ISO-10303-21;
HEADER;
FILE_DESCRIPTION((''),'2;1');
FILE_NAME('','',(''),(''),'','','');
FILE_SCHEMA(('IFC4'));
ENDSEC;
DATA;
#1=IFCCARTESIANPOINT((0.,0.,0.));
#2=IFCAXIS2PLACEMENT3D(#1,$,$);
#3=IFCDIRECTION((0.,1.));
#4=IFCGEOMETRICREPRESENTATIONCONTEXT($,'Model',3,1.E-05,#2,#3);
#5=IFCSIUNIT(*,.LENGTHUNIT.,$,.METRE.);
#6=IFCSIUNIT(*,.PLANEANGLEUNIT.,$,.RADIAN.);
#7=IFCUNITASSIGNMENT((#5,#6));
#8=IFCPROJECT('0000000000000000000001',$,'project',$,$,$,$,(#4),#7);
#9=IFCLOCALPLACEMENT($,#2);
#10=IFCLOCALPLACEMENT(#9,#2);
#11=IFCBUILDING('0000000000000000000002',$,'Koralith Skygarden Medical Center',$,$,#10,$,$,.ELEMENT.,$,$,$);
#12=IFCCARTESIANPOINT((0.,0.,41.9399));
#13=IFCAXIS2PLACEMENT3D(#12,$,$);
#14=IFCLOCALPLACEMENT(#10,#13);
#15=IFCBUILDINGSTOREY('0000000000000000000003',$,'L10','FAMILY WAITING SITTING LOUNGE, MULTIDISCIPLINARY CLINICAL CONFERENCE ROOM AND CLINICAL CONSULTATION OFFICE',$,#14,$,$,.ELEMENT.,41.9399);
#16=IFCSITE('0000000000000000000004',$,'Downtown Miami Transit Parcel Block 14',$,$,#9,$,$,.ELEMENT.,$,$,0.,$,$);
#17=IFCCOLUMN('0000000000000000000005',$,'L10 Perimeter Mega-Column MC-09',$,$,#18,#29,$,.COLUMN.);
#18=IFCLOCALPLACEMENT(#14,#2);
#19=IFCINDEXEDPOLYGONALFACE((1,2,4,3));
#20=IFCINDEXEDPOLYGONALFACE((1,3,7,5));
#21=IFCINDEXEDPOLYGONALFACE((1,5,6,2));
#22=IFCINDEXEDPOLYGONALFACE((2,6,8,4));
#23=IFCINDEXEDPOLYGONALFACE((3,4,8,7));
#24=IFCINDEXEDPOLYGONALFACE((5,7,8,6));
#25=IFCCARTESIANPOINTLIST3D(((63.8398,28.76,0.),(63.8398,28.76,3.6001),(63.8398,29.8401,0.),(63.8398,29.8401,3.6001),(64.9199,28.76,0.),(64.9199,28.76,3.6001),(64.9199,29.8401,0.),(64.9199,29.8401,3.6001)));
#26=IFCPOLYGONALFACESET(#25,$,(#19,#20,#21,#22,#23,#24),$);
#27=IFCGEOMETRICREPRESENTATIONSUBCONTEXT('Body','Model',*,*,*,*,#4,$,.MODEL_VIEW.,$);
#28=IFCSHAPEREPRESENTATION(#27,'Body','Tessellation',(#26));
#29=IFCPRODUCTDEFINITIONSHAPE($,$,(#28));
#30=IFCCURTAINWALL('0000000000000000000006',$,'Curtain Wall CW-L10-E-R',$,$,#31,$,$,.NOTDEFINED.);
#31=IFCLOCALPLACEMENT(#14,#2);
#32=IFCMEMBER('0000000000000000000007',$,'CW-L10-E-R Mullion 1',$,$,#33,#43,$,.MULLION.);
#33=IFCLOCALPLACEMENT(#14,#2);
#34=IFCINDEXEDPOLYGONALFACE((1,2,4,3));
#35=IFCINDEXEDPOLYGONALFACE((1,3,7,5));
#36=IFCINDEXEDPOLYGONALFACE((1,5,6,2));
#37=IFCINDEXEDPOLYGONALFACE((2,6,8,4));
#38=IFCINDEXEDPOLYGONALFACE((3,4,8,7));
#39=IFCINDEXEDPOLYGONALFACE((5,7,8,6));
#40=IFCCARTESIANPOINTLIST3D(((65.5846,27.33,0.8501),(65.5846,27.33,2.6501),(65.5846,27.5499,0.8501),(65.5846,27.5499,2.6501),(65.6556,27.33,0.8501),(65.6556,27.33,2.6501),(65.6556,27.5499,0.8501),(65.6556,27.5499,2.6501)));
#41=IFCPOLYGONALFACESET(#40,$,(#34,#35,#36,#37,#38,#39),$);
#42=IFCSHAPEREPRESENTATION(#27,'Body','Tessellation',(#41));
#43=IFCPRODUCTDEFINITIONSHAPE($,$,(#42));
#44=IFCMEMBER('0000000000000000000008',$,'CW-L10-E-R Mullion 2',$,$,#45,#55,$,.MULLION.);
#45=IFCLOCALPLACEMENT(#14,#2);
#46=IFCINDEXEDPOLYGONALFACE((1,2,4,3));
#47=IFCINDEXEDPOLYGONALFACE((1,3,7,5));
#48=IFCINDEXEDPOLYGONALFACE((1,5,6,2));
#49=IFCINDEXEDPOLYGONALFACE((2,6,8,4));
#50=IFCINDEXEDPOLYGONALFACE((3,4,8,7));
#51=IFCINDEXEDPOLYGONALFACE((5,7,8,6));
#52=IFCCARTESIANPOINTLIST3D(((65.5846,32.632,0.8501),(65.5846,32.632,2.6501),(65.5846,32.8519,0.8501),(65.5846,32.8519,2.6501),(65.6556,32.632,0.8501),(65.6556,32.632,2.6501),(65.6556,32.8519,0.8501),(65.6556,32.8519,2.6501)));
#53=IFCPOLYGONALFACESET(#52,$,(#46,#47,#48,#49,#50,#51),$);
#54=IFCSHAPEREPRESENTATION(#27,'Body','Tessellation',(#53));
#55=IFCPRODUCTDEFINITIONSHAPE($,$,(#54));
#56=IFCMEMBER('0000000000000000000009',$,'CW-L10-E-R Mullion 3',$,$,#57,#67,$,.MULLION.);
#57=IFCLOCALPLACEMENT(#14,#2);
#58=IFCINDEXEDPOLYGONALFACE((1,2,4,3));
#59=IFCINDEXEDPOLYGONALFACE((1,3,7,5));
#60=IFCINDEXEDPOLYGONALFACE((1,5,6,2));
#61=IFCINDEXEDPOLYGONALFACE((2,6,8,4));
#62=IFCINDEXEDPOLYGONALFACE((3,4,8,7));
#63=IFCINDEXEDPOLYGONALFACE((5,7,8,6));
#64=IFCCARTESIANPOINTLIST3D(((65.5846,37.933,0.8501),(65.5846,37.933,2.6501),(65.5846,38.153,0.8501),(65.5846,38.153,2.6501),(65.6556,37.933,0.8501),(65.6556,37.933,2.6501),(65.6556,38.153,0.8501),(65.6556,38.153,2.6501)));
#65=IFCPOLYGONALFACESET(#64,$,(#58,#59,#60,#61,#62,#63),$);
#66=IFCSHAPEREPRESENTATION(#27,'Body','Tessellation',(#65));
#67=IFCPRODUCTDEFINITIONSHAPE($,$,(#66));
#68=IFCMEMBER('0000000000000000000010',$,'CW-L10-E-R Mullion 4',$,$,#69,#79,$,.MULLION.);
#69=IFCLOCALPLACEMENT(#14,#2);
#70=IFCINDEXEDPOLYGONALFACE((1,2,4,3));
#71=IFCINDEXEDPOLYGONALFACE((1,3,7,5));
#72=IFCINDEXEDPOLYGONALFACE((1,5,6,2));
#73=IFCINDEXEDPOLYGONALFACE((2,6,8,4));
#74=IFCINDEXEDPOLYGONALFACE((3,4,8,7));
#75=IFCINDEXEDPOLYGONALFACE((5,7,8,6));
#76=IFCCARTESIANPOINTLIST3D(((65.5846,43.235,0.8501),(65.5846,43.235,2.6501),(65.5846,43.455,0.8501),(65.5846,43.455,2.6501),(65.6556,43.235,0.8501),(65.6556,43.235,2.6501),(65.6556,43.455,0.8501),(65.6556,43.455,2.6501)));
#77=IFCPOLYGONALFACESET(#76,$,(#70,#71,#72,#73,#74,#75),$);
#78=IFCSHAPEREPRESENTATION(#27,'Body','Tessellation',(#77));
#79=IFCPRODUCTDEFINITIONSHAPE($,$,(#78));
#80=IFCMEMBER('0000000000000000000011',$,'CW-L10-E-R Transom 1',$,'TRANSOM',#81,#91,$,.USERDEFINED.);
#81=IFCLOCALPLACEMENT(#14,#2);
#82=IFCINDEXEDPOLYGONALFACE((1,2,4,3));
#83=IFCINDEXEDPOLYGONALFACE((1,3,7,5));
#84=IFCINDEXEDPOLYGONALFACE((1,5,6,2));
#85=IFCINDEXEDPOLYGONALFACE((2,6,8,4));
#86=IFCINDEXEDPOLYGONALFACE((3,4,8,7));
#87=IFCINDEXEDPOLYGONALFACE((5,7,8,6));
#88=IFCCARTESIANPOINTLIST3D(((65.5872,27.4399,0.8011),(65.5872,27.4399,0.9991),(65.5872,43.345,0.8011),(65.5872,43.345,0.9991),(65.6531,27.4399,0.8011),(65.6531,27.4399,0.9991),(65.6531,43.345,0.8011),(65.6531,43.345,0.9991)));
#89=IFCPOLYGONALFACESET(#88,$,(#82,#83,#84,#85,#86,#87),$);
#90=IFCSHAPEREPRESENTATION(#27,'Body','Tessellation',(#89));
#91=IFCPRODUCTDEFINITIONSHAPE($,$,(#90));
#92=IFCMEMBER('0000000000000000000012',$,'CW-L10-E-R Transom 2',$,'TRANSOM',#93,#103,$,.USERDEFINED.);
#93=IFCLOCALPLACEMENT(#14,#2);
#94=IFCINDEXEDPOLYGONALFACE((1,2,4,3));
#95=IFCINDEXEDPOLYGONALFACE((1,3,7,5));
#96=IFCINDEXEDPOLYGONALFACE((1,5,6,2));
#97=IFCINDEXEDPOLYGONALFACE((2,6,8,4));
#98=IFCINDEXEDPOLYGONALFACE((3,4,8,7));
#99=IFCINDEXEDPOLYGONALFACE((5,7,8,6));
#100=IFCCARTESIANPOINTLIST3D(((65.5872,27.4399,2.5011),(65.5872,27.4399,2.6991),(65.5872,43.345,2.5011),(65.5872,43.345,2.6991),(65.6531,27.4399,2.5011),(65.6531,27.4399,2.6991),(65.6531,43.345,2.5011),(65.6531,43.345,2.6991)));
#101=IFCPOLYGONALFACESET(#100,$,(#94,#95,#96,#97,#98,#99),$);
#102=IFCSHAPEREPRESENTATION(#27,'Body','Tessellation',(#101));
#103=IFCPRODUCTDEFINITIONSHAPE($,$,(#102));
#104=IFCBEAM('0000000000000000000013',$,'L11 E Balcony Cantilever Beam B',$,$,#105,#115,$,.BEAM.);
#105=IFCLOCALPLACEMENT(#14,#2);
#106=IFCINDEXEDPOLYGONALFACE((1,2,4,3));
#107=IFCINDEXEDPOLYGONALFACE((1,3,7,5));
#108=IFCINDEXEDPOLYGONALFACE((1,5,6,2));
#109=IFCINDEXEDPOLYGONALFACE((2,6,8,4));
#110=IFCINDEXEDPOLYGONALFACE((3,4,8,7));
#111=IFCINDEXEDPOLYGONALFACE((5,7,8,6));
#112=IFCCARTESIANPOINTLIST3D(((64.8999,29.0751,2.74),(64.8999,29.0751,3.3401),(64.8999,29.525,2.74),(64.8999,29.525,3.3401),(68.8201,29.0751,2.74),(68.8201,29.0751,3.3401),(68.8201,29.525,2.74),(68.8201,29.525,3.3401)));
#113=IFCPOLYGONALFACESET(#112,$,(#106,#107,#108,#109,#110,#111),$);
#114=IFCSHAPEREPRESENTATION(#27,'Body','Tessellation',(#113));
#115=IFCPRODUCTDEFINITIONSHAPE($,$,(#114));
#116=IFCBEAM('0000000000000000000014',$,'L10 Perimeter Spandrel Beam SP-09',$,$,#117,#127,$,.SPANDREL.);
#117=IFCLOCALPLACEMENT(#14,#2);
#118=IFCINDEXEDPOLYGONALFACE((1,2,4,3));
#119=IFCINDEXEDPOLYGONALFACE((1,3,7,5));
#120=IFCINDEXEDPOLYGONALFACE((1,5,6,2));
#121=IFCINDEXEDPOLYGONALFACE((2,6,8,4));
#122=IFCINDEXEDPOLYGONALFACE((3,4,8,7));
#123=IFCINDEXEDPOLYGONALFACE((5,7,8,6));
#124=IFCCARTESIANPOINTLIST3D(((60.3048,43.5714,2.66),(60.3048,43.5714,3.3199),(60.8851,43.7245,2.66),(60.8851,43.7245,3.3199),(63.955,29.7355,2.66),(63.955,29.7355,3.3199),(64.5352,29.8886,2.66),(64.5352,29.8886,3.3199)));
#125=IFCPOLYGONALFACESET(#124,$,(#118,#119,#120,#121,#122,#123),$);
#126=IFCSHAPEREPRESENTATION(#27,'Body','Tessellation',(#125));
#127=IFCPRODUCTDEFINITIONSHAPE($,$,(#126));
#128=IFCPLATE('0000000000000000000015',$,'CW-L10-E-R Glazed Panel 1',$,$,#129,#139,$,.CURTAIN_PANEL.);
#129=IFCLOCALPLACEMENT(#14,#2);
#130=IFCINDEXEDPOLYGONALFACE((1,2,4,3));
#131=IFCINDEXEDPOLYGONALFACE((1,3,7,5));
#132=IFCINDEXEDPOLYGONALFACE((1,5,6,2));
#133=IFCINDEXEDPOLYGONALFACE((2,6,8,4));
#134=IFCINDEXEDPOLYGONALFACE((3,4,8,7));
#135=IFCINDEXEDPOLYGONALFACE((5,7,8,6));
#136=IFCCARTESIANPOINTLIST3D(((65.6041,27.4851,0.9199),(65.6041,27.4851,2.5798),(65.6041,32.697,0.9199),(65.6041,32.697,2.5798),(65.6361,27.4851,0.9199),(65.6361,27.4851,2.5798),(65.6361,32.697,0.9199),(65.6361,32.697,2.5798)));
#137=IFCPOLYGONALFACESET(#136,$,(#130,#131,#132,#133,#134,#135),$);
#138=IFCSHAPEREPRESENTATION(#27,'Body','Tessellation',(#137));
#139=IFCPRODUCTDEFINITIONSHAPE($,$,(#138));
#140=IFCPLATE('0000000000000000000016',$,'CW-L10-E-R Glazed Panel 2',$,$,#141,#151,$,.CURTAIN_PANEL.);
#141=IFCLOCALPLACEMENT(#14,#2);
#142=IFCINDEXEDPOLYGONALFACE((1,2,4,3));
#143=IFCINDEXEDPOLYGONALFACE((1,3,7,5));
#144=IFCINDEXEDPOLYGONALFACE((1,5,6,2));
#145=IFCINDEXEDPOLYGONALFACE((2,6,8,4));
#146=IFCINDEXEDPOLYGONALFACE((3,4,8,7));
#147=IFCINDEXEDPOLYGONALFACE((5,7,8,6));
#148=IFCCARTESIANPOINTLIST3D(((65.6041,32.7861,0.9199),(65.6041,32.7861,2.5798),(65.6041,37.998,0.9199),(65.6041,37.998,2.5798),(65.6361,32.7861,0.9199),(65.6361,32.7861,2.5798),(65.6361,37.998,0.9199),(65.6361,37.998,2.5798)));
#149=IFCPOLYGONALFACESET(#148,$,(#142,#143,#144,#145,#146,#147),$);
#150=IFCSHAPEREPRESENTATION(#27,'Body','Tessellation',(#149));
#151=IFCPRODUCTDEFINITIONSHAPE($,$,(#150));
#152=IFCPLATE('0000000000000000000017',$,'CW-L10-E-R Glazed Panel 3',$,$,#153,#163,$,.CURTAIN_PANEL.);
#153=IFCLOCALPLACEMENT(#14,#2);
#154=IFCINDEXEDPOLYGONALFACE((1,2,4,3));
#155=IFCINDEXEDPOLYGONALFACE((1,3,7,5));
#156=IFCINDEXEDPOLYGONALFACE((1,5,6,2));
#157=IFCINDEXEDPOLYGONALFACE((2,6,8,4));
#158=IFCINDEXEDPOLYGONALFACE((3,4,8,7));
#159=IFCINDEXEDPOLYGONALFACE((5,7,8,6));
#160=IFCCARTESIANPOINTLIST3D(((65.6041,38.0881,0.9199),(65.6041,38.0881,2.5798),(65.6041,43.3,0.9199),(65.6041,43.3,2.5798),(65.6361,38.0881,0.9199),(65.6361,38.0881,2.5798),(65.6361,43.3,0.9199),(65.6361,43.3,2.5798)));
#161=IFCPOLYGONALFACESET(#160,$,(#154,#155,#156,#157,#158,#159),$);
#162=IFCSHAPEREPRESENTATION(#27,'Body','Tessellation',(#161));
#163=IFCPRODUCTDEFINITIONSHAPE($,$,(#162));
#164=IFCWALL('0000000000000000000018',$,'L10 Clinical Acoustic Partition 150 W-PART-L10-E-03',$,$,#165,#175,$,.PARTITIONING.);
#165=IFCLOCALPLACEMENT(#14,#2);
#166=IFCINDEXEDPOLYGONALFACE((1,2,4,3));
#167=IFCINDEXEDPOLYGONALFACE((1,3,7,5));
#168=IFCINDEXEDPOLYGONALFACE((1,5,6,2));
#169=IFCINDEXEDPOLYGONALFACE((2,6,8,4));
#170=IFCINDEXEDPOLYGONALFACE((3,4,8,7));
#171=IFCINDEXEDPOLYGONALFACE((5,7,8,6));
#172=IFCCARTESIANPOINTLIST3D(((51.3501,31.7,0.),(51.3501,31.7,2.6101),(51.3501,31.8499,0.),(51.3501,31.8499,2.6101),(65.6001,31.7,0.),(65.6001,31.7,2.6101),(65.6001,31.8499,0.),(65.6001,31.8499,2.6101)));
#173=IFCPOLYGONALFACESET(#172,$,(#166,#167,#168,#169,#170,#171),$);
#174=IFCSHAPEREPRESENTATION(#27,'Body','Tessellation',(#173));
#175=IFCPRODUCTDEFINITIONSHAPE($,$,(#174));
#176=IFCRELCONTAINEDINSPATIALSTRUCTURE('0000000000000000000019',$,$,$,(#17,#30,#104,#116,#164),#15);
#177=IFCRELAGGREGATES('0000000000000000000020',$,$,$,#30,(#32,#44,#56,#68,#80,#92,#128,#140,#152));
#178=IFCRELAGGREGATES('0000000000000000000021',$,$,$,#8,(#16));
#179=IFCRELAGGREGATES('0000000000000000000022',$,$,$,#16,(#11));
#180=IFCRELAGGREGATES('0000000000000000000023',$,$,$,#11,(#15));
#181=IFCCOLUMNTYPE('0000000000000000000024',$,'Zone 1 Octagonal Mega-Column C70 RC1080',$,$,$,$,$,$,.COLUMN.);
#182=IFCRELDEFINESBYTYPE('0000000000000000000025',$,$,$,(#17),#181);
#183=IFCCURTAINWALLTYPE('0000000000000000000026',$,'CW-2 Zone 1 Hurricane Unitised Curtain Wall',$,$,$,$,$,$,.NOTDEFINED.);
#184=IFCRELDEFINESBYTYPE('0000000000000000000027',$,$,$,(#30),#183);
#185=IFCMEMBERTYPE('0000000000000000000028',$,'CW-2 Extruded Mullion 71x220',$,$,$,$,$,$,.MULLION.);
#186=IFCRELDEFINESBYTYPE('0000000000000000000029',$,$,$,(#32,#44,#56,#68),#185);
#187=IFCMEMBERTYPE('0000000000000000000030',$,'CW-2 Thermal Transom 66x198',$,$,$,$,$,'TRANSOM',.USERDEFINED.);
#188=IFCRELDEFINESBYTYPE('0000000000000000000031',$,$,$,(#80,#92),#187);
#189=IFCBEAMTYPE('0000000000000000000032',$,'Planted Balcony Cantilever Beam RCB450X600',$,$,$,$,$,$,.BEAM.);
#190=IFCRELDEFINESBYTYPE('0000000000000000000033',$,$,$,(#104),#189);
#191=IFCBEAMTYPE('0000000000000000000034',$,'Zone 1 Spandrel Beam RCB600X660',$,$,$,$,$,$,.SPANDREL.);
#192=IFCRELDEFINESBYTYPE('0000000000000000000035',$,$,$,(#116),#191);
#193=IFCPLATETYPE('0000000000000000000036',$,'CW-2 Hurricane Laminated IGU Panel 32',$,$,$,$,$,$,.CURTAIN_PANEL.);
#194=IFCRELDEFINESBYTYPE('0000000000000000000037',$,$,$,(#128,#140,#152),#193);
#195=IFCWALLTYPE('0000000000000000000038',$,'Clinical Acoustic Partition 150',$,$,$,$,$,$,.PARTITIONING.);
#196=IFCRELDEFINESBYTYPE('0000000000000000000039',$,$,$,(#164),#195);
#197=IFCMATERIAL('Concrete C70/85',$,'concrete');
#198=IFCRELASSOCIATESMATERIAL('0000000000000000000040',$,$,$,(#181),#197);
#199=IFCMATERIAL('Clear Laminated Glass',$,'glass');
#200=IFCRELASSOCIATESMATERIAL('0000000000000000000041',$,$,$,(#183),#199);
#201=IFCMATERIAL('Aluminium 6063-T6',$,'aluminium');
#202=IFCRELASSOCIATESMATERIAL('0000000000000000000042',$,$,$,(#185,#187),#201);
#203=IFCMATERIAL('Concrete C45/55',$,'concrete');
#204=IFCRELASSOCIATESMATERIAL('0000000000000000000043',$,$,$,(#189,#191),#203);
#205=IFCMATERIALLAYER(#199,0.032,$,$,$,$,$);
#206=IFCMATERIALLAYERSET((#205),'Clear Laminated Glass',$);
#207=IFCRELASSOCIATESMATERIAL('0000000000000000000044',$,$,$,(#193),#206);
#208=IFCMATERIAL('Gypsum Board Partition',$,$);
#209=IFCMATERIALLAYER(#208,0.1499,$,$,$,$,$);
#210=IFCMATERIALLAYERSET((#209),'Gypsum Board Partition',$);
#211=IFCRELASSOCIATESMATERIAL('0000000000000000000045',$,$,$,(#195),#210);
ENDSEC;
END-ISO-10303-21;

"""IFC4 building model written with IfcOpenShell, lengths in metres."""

from ifc_helpers import new_model, si_unit, direction, frame, frame_2d, origin, origin_2d, place, context, subcontext, project, spatial, rectangle, extrude, material, layer, layer_set, material_profile, profile_set, type_object, element, aggregate, save


model = new_model("IFC4")

# Units and contexts
model_context = context("Model", 3, precision=1e-05, world=origin(), true_north=direction((0.0, 1.0)))
body_context = subcontext(model_context, "Body", "Model", "MODEL_VIEW")
ifc_project = project(units=[si_unit("LENGTHUNIT", "METRE"), si_unit("PLANEANGLEUNIT", "RADIAN")], contexts=[model_context])

# Site, building, storey
site_placement = place(None, origin())
site = spatial("IfcSite", under=ifc_project, at=site_placement, Name="Downtown Miami Transit Parcel Block 14", CompositionType="ELEMENT", RefElevation=0.0)
building_placement = place(site_placement, origin())
building = spatial("IfcBuilding", under=site, at=building_placement, Name="Koralith Skygarden Medical Center", CompositionType="ELEMENT")
storey_placement = place(building_placement, frame((0.0, 0.0, 41.9399)))
storey = spatial("IfcBuildingStorey", under=building, at=storey_placement, Name="L10", Description="FAMILY WAITING SITTING LOUNGE, MULTIDISCIPLINARY CLINICAL CONFERENCE ROOM AND CLINICAL CONSULTATION OFFICE", CompositionType="ELEMENT", Elevation=41.9399)

# Column
ifc_material_1 = material(Name="Concrete C70/85", Category="concrete")
ifc_material_profile_1 = material_profile(ifc_material_1, rectangle(XDim=1.0801, YDim=1.0801, at=origin_2d()), Name="RC1080X1080")
ifc_profile_set_1 = profile_set([ifc_material_profile_1], Name="Concrete C70/85")
column_type = type_object("IfcColumnType", Name="Zone 1 Octagonal Mega-Column C70 RC1080", PredefinedType="COLUMN", material=ifc_profile_set_1)
column_placement = place(storey_placement, frame((64.3799, 29.3, 0.0), z_axis=(0.0, 0.0, 1.0), x_axis=(1.0, 0.0, 0.0)))
element("IfcColumn", 1, at=column_placement, inside=storey, type_object=column_type, Name="L10 Perimeter Mega-Column MC-09", PredefinedType="COLUMN", context=body_context, shape_type="SweptSolid", body=[
    extrude(rectangle(XDim=1.0801, YDim=1.0801, at=origin_2d()), origin(), (0.0, 0.0, 1.0), 3.6001),
])

# Curtain wall, members
ifc_material_2 = material(Name="Clear Laminated Glass", Category="glass")
curtain_wall_type = type_object("IfcCurtainWallType", Name="CW-2 Zone 1 Hurricane Unitised Curtain Wall", PredefinedType="NOTDEFINED", material=ifc_material_2)
curtain_wall_placement = place(storey_placement, origin())
curtain_wall = element("IfcCurtainWall", 2, at=curtain_wall_placement, inside=storey, type_object=curtain_wall_type, Name="Curtain Wall CW-L10-E-R", PredefinedType="NOTDEFINED")
ifc_material_3 = material(Name="Aluminium 6063-T6", Category="aluminium")
ifc_material_profile_2 = material_profile(ifc_material_3, rectangle(XDim=0.071, YDim=0.22, at=origin_2d()), Name="MUL71X220")
ifc_profile_set_2 = profile_set([ifc_material_profile_2], Name="Aluminium 6063-T6")
member_type_1 = type_object("IfcMemberType", Name="CW-2 Extruded Mullion 71x220", PredefinedType="MULLION", material=ifc_profile_set_2)
member_1_placement = place(storey_placement, frame((65.6201, 27.4399, 0.8501), z_axis=(0.0, 0.0, 1.0), x_axis=(1.0, 0.0, 0.0)))
member_1 = element("IfcMember", 3, at=member_1_placement, type_object=member_type_1, Name="CW-L10-E-R Mullion 1", PredefinedType="MULLION", context=body_context, shape_type="SweptSolid", body=[
    extrude(rectangle(XDim=0.071, YDim=0.22, at=origin_2d()), origin(), (0.0, 0.0, 1.0), 1.8),
])
member_2_placement = place(storey_placement, frame((65.6201, 32.7419, 0.8501), z_axis=(0.0, 0.0, 1.0), x_axis=(1.0, 0.0, 0.0)))
member_2 = element("IfcMember", 4, at=member_2_placement, type_object=member_type_1, Name="CW-L10-E-R Mullion 2", PredefinedType="MULLION", context=body_context, shape_type="SweptSolid", body=[
    extrude(rectangle(XDim=0.071, YDim=0.22, at=origin_2d()), origin(), (0.0, 0.0, 1.0), 1.8),
])
member_3_placement = place(storey_placement, frame((65.6201, 38.043, 0.8501), z_axis=(0.0, 0.0, 1.0), x_axis=(1.0, 0.0, 0.0)))
member_3 = element("IfcMember", 5, at=member_3_placement, type_object=member_type_1, Name="CW-L10-E-R Mullion 3", PredefinedType="MULLION", context=body_context, shape_type="SweptSolid", body=[
    extrude(rectangle(XDim=0.071, YDim=0.22, at=origin_2d()), origin(), (0.0, 0.0, 1.0), 1.8),
])
member_4_placement = place(storey_placement, frame((65.6201, 43.345, 0.8501), z_axis=(0.0, 0.0, 1.0), x_axis=(1.0, 0.0, 0.0)))
member_4 = element("IfcMember", 6, at=member_4_placement, type_object=member_type_1, Name="CW-L10-E-R Mullion 4", PredefinedType="MULLION", context=body_context, shape_type="SweptSolid", body=[
    extrude(rectangle(XDim=0.071, YDim=0.22, at=origin_2d()), origin(), (0.0, 0.0, 1.0), 1.8),
])
ifc_material_profile_3 = material_profile(ifc_material_3, rectangle(XDim=0.0659, YDim=0.198, at=origin_2d()), Name="TRN66X198")
ifc_profile_set_3 = profile_set([ifc_material_profile_3], Name="Aluminium 6063-T6")
member_type_2 = type_object("IfcMemberType", Name="CW-2 Thermal Transom 66x198", ElementType="TRANSOM", PredefinedType="USERDEFINED", material=ifc_profile_set_3)
member_5_placement = place(storey_placement, frame((65.6201, 27.4399, 0.9001), z_axis=(0.0, 1.0, 0.0), x_axis=(-1.0, 0.0, 0.0)))
member_5 = element("IfcMember", 7, at=member_5_placement, type_object=member_type_2, Name="CW-L10-E-R Transom 1", ObjectType="TRANSOM", PredefinedType="USERDEFINED", context=body_context, shape_type="SweptSolid", body=[
    extrude(rectangle(XDim=0.0659, YDim=0.198, at=origin_2d()), origin(), (0.0, 0.0, 1.0), 15.905),
])
member_6_placement = place(storey_placement, frame((65.6201, 27.4399, 2.6001), z_axis=(0.0, 1.0, 0.0), x_axis=(-1.0, 0.0, 0.0)))
member_6 = element("IfcMember", 8, at=member_6_placement, type_object=member_type_2, Name="CW-L10-E-R Transom 2", ObjectType="TRANSOM", PredefinedType="USERDEFINED", context=body_context, shape_type="SweptSolid", body=[
    extrude(rectangle(XDim=0.0659, YDim=0.198, at=origin_2d()), origin(), (0.0, 0.0, 1.0), 15.905),
])

# Beams
ifc_material_4 = material(Name="Concrete C45/55", Category="concrete")
ifc_material_profile_4 = material_profile(ifc_material_4, rectangle(XDim=0.45, YDim=0.6001, at=origin_2d()), Name="RCB450X600")
ifc_profile_set_4 = profile_set([ifc_material_profile_4], Name="Concrete C45/55")
beam_type_1 = type_object("IfcBeamType", Name="Planted Balcony Cantilever Beam RCB450X600", PredefinedType="BEAM", material=ifc_profile_set_4)
beam_1_placement = place(storey_placement, frame((64.8999, 29.3, 3.04), z_axis=(1.0, 0.0, 0.0), x_axis=(0.0, 1.0, 0.0)))
element("IfcBeam", 9, at=beam_1_placement, inside=storey, type_object=beam_type_1, Name="L11 E Balcony Cantilever Beam B", PredefinedType="BEAM", context=body_context, shape_type="SweptSolid", body=[
    extrude(rectangle(XDim=0.45, YDim=0.6001, at=origin_2d()), origin(), (0.0, 0.0, 1.0), 3.9202),
])
ifc_material_profile_5 = material_profile(ifc_material_4, rectangle(XDim=0.6001, YDim=0.6599, at=origin_2d()), Name="RCB600X660")
ifc_profile_set_5 = profile_set([ifc_material_profile_5], Name="Concrete C45/55")
beam_type_2 = type_object("IfcBeamType", Name="Zone 1 Spandrel Beam RCB600X660", PredefinedType="SPANDREL", material=ifc_profile_set_5)
beam_2_placement = place(storey_placement, frame((64.2451, 29.812, 2.99), z_axis=(-0.255089, 0.966918, 0.0), x_axis=(-0.966918, -0.255089, 0.0)))
element("IfcBeam", 10, at=beam_2_placement, inside=storey, type_object=beam_type_2, Name="L10 Perimeter Spandrel Beam SP-09", PredefinedType="SPANDREL", context=body_context, shape_type="SweptSolid", body=[
    extrude(rectangle(XDim=0.6001, YDim=0.6599, at=origin_2d()), origin(), (0.0, 0.0, 1.0), 14.3093),
])

# Plates
ifc_layer_1 = layer(ifc_material_2, 0.032)
ifc_layer_set_1 = layer_set([ifc_layer_1], Name="Clear Laminated Glass")
plate_type = type_object("IfcPlateType", Name="CW-2 Hurricane Laminated IGU Panel 32", PredefinedType="CURTAIN_PANEL", material=ifc_layer_set_1)
plate_1_placement = place(storey_placement, frame((65.6201, 30.0911, 0.9199), z_axis=(0.0, 0.0, 1.0), x_axis=(0.0, 1.0, 0.0)))
plate_1 = element("IfcPlate", 11, at=plate_1_placement, type_object=plate_type, Name="CW-L10-E-R Glazed Panel 1", PredefinedType="CURTAIN_PANEL", context=body_context, shape_type="SweptSolid", body=[
    extrude(rectangle(XDim=5.2119, YDim=0.032, at=origin_2d()), origin(), (0.0, 0.0, 1.0), 1.6599),
])
plate_2_placement = place(storey_placement, frame((65.6201, 35.3921, 0.9199), z_axis=(0.0, 0.0, 1.0), x_axis=(0.0, 1.0, 0.0)))
plate_2 = element("IfcPlate", 12, at=plate_2_placement, type_object=plate_type, Name="CW-L10-E-R Glazed Panel 2", PredefinedType="CURTAIN_PANEL", context=body_context, shape_type="SweptSolid", body=[
    extrude(rectangle(XDim=5.2119, YDim=0.032, at=origin_2d()), origin(), (0.0, 0.0, 1.0), 1.6599),
])
plate_3_placement = place(storey_placement, frame((65.6201, 40.6941, 0.9199), z_axis=(0.0, 0.0, 1.0), x_axis=(0.0, 1.0, 0.0)))
plate_3 = element("IfcPlate", 13, at=plate_3_placement, type_object=plate_type, Name="CW-L10-E-R Glazed Panel 3", PredefinedType="CURTAIN_PANEL", context=body_context, shape_type="SweptSolid", body=[
    extrude(rectangle(XDim=5.2119, YDim=0.032, at=origin_2d()), origin(), (0.0, 0.0, 1.0), 1.6599),
])
aggregate(curtain_wall, [member_1, member_2, member_3, member_4, member_5, member_6, plate_1, plate_2, plate_3])

# Wall
ifc_material_5 = material(Name="Gypsum Board Partition")
ifc_layer_2 = layer(ifc_material_5, 0.1499)
ifc_layer_set_2 = layer_set([ifc_layer_2], Name="Gypsum Board Partition")
wall_type_1 = type_object("IfcWallType", Name="Clinical Acoustic Partition 150", PredefinedType="PARTITIONING", material=ifc_layer_set_2)
wall_1_placement = place(storey_placement, frame((51.3501, 31.7749, 0.0), z_axis=(0.0, 0.0, 1.0), x_axis=(1.0, 0.0, 0.0)))
element("IfcWall", 14, at=wall_1_placement, inside=storey, type_object=wall_type_1, Name="L10 Clinical Acoustic Partition 150 W-PART-L10-E-03", PredefinedType="PARTITIONING", context=body_context, shape_type="SweptSolid", body=[
    extrude(rectangle(XDim=14.25, YDim=0.1499, at=frame_2d((7.125, 0.0))), origin(), (0.0, 0.0, 1.0), 2.6101),
])

save(model, "model.ifc")
